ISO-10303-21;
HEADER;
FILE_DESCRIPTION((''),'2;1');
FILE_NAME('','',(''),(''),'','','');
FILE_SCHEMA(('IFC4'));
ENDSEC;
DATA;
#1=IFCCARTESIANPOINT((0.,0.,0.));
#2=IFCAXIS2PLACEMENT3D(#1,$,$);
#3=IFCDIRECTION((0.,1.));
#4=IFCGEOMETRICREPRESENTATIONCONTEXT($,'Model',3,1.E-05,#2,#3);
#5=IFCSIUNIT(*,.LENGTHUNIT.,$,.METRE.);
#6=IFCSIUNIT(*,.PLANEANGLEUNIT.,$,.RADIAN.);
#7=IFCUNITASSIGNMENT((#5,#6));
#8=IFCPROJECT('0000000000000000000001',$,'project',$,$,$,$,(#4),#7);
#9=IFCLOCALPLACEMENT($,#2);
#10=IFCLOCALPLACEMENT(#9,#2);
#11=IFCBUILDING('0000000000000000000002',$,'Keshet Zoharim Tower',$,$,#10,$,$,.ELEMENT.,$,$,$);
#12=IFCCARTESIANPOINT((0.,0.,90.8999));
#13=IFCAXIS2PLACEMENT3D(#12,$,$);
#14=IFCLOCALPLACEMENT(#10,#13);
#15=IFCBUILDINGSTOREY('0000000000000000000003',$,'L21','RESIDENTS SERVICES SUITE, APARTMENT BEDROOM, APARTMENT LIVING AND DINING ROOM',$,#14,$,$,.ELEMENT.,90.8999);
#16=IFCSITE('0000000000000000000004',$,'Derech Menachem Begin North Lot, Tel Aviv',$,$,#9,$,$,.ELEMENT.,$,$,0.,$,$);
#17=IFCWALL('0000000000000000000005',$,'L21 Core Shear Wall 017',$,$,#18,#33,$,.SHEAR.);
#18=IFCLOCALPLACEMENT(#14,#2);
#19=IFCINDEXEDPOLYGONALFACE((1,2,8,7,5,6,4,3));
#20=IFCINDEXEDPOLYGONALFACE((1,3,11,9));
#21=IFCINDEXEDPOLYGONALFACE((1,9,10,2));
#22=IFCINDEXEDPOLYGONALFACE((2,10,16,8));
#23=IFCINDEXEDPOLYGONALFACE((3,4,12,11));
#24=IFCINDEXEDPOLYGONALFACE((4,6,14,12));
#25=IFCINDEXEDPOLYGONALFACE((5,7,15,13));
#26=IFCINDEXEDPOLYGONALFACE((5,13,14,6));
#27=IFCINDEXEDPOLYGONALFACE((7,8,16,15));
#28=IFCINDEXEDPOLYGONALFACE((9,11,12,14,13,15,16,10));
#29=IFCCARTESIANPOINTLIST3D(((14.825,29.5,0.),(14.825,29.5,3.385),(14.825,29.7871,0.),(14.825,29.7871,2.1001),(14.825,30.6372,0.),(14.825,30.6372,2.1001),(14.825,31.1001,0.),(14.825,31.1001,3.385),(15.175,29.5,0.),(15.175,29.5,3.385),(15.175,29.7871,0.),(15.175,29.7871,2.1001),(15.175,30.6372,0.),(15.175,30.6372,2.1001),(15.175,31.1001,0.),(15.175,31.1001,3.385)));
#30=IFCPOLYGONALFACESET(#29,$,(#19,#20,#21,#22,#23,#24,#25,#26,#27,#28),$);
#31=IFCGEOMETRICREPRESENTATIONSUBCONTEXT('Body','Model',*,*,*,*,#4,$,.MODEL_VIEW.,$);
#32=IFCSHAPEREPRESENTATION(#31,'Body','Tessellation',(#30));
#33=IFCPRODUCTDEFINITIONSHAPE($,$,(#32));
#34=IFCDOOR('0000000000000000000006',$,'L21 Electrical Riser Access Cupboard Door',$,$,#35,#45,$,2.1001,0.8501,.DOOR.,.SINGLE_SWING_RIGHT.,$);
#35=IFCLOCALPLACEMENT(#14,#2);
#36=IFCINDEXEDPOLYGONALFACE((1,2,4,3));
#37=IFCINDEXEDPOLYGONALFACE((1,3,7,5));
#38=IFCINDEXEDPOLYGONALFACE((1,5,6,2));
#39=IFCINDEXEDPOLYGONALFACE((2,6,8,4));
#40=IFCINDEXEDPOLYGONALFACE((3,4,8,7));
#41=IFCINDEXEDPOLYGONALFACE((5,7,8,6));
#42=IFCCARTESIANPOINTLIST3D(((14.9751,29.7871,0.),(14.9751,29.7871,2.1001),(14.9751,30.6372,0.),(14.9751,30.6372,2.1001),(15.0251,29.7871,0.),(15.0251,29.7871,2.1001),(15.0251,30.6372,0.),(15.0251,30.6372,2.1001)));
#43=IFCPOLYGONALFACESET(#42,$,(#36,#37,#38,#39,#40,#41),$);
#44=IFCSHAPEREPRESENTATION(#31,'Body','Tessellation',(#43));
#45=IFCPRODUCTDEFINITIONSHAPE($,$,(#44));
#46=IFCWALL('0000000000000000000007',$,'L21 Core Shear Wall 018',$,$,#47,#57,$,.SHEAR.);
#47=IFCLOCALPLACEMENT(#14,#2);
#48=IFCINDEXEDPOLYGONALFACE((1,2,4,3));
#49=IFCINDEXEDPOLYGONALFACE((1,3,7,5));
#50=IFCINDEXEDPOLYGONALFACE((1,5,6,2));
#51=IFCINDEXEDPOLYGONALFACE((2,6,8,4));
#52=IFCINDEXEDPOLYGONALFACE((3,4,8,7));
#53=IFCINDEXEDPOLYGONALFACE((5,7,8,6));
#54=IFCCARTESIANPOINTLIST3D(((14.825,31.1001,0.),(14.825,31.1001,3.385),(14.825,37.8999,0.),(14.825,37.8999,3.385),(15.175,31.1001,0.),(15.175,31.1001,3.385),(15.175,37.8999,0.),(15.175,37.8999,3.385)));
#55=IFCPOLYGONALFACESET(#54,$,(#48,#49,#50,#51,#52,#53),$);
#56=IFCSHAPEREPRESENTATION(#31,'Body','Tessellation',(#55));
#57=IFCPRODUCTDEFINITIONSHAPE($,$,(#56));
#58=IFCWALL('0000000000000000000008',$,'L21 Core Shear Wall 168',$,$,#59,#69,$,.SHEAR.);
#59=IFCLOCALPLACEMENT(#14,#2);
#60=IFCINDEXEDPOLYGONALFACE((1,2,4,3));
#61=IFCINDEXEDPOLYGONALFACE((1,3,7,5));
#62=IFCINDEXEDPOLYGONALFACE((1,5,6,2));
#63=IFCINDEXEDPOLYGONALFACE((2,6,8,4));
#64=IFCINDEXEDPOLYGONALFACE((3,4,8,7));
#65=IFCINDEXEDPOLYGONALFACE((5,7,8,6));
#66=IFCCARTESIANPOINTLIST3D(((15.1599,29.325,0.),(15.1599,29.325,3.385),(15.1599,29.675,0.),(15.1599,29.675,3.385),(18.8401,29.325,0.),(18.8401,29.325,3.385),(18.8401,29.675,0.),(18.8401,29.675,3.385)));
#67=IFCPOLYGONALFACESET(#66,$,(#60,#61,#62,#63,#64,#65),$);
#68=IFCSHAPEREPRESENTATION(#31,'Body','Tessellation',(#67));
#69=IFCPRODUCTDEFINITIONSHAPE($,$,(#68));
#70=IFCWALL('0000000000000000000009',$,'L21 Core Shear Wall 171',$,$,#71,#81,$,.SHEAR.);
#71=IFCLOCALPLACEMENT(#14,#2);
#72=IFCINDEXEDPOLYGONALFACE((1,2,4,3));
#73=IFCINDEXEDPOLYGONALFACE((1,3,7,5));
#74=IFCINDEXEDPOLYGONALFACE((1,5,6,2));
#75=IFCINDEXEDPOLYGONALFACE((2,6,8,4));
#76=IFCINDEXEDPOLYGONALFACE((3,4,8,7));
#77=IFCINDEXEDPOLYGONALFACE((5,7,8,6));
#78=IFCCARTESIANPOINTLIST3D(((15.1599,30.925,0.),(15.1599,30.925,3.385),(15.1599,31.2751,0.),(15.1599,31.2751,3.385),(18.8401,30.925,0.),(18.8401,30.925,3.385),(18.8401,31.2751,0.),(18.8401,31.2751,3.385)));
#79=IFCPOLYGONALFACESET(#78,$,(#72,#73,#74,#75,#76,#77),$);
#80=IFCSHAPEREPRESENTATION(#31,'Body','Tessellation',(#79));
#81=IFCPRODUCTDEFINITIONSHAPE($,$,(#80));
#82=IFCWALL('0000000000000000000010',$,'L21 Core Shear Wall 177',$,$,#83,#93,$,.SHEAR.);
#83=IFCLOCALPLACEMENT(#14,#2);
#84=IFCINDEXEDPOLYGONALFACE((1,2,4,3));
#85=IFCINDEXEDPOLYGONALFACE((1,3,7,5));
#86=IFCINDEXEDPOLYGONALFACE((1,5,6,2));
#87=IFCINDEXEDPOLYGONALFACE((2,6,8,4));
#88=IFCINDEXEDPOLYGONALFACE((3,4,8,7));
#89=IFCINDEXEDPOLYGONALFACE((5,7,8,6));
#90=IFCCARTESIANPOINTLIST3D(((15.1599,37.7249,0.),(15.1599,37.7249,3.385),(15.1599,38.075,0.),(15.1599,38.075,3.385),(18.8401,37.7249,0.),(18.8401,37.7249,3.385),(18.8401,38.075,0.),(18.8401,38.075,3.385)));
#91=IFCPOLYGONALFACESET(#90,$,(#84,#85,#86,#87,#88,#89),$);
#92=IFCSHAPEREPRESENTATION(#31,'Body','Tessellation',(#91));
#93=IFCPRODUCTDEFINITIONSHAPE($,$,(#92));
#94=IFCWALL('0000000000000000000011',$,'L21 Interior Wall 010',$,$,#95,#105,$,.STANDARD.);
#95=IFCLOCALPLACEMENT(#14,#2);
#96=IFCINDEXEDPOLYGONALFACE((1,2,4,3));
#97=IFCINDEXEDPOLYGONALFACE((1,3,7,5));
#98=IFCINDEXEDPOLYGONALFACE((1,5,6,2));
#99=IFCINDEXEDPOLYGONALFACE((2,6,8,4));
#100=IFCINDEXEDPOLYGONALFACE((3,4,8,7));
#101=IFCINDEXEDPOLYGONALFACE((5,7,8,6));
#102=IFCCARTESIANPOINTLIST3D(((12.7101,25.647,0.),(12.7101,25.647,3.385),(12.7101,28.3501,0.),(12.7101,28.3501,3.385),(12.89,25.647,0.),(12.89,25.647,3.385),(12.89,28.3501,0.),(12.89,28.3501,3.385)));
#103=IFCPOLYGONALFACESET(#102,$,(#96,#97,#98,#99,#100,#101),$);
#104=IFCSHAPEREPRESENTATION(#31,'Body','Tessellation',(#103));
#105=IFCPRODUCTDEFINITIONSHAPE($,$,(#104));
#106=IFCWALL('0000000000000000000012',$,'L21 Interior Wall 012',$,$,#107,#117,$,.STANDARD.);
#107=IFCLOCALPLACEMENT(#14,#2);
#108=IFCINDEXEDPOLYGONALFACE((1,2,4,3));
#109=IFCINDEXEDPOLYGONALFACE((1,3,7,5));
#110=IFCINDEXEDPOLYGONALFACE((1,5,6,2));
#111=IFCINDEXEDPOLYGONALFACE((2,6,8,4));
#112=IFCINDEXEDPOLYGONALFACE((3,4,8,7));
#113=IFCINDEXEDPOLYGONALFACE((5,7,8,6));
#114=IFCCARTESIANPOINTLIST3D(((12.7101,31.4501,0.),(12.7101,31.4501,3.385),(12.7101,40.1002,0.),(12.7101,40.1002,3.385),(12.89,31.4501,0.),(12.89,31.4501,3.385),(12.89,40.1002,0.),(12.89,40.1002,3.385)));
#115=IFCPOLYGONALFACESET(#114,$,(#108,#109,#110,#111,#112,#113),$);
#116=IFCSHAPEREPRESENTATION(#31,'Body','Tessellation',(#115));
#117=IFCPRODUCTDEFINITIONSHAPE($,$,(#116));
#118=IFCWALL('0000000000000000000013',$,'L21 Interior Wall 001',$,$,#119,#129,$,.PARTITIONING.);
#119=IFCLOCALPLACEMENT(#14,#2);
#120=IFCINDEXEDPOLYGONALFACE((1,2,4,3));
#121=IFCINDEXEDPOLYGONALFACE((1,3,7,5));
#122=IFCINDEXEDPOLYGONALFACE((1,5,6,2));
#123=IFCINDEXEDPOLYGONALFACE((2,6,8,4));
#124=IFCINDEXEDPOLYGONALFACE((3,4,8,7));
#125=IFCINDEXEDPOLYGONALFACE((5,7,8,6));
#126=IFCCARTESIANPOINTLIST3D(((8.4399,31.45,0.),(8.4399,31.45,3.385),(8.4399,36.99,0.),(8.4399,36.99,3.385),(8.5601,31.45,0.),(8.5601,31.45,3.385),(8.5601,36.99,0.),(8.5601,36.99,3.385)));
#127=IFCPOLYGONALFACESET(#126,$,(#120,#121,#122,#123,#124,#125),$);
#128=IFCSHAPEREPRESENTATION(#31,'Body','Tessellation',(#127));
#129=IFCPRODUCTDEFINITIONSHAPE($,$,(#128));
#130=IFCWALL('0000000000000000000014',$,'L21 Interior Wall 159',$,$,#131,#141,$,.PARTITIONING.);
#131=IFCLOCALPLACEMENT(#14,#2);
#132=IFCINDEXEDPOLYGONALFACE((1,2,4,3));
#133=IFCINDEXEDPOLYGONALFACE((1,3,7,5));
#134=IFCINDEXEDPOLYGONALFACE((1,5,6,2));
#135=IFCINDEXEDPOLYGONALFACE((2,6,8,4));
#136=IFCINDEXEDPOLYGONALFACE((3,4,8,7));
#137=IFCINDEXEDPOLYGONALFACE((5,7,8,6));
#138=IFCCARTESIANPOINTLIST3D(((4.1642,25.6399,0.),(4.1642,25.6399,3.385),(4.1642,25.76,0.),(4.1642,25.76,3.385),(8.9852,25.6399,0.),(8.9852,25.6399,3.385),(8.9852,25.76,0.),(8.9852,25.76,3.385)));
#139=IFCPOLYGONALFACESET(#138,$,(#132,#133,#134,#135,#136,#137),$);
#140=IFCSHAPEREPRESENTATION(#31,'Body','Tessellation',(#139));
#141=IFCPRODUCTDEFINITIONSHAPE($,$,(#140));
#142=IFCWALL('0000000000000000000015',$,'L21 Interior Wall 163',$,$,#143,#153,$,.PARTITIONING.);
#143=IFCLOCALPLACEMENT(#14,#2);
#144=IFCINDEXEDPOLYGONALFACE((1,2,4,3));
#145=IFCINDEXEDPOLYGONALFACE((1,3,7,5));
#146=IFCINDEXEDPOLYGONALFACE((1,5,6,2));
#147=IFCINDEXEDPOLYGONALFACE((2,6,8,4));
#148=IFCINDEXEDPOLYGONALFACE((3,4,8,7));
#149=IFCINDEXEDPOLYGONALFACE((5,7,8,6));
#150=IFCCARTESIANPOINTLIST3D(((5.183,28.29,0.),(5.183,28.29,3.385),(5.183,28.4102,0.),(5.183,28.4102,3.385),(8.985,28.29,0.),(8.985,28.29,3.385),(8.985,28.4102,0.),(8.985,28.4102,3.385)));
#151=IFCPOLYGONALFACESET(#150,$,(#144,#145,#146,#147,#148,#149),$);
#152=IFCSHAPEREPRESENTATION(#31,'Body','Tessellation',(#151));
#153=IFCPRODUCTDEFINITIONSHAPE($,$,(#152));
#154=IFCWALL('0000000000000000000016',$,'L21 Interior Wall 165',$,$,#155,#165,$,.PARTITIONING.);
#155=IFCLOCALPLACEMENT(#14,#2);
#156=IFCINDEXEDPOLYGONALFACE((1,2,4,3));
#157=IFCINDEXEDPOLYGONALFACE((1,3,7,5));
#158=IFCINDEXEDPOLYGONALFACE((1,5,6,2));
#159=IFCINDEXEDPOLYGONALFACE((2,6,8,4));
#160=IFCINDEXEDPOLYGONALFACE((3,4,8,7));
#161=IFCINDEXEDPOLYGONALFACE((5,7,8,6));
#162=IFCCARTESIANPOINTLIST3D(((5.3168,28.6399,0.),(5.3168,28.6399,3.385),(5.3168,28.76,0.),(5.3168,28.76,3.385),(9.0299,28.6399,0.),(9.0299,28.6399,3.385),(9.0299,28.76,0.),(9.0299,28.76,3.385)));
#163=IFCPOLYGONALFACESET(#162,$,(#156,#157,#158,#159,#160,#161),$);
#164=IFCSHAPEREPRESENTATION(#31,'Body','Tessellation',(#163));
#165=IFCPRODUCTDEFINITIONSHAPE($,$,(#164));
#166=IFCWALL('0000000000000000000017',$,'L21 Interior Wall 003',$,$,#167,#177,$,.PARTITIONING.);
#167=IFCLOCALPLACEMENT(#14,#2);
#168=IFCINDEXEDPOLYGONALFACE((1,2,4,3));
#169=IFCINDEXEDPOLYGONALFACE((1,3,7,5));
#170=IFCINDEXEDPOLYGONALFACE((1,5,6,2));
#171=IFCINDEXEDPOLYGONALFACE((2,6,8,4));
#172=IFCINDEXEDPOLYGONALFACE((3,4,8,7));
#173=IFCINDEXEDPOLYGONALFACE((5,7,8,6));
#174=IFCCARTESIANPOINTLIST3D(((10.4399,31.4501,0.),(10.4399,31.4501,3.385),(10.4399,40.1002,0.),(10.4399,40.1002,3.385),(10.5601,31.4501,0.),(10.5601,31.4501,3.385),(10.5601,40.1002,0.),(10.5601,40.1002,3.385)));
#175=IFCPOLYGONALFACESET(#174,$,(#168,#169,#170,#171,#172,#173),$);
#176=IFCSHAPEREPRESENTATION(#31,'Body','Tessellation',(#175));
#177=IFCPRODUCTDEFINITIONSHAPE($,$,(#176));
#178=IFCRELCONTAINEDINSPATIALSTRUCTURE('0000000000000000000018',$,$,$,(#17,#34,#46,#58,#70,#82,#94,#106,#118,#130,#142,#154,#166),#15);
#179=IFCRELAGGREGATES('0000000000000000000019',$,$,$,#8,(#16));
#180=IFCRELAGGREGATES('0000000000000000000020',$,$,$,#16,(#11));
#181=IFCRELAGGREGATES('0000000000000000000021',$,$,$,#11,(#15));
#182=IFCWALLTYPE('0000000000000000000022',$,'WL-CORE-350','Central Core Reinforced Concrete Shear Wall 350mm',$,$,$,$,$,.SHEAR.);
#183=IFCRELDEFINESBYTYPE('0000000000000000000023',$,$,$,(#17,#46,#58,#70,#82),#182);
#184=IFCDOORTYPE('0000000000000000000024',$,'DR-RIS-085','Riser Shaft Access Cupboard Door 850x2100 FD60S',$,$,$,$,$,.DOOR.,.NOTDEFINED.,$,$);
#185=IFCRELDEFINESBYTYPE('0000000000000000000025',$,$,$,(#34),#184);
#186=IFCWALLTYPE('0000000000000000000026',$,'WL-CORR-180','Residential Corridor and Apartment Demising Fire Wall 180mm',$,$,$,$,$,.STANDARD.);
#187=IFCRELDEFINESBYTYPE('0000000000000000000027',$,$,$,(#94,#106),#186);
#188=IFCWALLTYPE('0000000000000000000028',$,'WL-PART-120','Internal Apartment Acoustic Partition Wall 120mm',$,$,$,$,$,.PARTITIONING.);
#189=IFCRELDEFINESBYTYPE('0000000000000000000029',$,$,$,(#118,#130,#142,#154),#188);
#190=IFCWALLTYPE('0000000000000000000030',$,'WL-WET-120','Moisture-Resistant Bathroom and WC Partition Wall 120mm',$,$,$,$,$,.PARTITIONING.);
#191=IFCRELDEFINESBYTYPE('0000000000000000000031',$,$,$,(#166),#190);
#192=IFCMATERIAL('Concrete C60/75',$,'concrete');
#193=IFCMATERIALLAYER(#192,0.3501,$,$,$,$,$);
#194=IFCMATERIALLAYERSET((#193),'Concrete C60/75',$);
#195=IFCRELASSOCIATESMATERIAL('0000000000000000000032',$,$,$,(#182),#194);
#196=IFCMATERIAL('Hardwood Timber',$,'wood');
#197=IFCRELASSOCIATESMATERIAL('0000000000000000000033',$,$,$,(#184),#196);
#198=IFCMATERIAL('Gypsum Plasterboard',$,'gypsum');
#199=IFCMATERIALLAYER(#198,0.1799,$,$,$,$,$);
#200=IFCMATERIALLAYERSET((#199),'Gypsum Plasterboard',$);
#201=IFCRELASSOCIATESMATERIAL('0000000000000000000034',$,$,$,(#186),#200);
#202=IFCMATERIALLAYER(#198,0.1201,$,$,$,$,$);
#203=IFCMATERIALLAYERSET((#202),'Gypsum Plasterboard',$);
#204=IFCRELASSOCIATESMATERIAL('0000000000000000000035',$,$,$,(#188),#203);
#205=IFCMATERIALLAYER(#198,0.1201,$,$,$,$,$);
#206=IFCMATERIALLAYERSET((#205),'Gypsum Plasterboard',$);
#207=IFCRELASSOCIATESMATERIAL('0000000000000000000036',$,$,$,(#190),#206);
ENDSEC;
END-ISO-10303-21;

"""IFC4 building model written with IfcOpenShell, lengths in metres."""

from ifc_helpers import new_model, si_unit, direction, frame, frame_2d, origin, place, context, subcontext, project, spatial, rectangle, extrude, material, layer, layer_set, type_object, element, fill, save


model = new_model("IFC4")

# Units and contexts
model_context = context("Model", 3, precision=1e-05, world=origin(), true_north=direction((0.0, 1.0)))
body_context = subcontext(model_context, "Body", "Model", "MODEL_VIEW")
ifc_project = project(units=[si_unit("LENGTHUNIT", "METRE"), si_unit("PLANEANGLEUNIT", "RADIAN")], contexts=[model_context])

# Site, building, storey
site_placement = place(None, origin())
site = spatial("IfcSite", under=ifc_project, at=site_placement, Name="Derech Menachem Begin North Lot, Tel Aviv", CompositionType="ELEMENT", RefElevation=0.0)
building_placement = place(site_placement, origin())
building = spatial("IfcBuilding", under=site, at=building_placement, Name="Keshet Zoharim Tower", CompositionType="ELEMENT")
storey_placement = place(building_placement, frame((0.0, 0.0, 90.8999)))
storey = spatial("IfcBuildingStorey", under=building, at=storey_placement, Name="L21", Description="RESIDENTS SERVICES SUITE, APARTMENT BEDROOM, APARTMENT LIVING AND DINING ROOM", CompositionType="ELEMENT", Elevation=90.8999)

# Wall, opening, door
ifc_material_1 = material(Name="Concrete C60/75", Category="concrete")
ifc_layer_1 = layer(ifc_material_1, 0.3501)
ifc_layer_set_1 = layer_set([ifc_layer_1], Name="Concrete C60/75")
wall_type_1 = type_object("IfcWallType", Name="WL-CORE-350", Description="Central Core Reinforced Concrete Shear Wall 350mm", PredefinedType="SHEAR", material=ifc_layer_set_1)
wall_1_placement = place(storey_placement, frame((15.0, 29.5, 0.0), z_axis=(0.0, 0.0, 1.0), x_axis=(0.0, 1.0, 0.0)))
wall_1 = element("IfcWall", 1, at=wall_1_placement, inside=storey, type_object=wall_type_1, Name="L21 Core Shear Wall 017", PredefinedType="SHEAR", context=body_context, shape_type="SweptSolid", body=[
    extrude(rectangle(XDim=1.6001, YDim=0.3501, at=frame_2d((0.8, 0.0))), origin(), (0.0, 0.0, 1.0), 3.385),
])
opening_1_placement = place(wall_1_placement, frame((0.2871, 0.0, 0.0)))
opening_1 = element("IfcOpeningElement", 2, at=opening_1_placement, cuts=wall_1, PredefinedType="OPENING", context=body_context, shape_type="SweptSolid", body=[
    extrude(rectangle(XDim=0.8501, YDim=2.1001, at=frame_2d((0.425, 1.05))), frame((0.0, 0.1851, 0.0), z_axis=(0.0, -1.0, 0.0), x_axis=(1.0, 0.0, 0.0)), (0.0, 0.0, 1.0), 0.3701),
])
ifc_material_2 = material(Name="Hardwood Timber", Category="wood")
door_type_1 = type_object("IfcDoorType", Name="DR-RIS-085", Description="Riser Shaft Access Cupboard Door 850x2100 FD60S", OperationType="NOTDEFINED", PredefinedType="DOOR", material=ifc_material_2)
door_1_placement = place(opening_1_placement, origin())
door_1 = element("IfcDoor", 3, at=door_1_placement, inside=storey, type_object=door_type_1, Name="L21 Electrical Riser Access Cupboard Door", OperationType="SINGLE_SWING_RIGHT", OverallHeight=2.1001, OverallWidth=0.8501, PredefinedType="DOOR", context=body_context, shape_type="SweptSolid", body=[
    extrude(rectangle(XDim=0.8501, YDim=2.1001, at=frame_2d((0.425, 1.05))), frame((0.0, 0.0249, 0.0), z_axis=(0.0, -1.0, 0.0), x_axis=(1.0, 0.0, 0.0)), (0.0, 0.0, 1.0), 0.05),
])
fill(opening_1, door_1)

# Walls
wall_2_placement = place(storey_placement, frame((15.0, 31.1001, 0.0), z_axis=(0.0, 0.0, 1.0), x_axis=(0.0, 1.0, 0.0)))
element("IfcWall", 4, at=wall_2_placement, inside=storey, type_object=wall_type_1, Name="L21 Core Shear Wall 018", PredefinedType="SHEAR", context=body_context, shape_type="SweptSolid", body=[
    extrude(rectangle(XDim=6.7998, YDim=0.3501, at=frame_2d((3.3999, 0.0))), origin(), (0.0, 0.0, 1.0), 3.385),
])
for number, where, z_axis, x_axis, name in (
    (5, (15.1599, 29.5, 0.0), (0.0, 0.0, 1.0), (1.0, 0.0, 0.0), "L21 Core Shear Wall 168"),
    (6, (15.1599, 31.1001, 0.0), (0.0, 0.0, 1.0), (1.0, 0.0, 0.0), "L21 Core Shear Wall 171"),
    (7, (15.1599, 37.8999, 0.0), (0.0, 0.0, 1.0), (1.0, 0.0, 0.0), "L21 Core Shear Wall 177"),
):
    element("IfcWall", number, at=place(storey_placement, frame(where, z_axis=z_axis, x_axis=x_axis)), inside=storey, type_object=wall_type_1, Name=name, PredefinedType="SHEAR", context=body_context, shape_type="SweptSolid", body=[
        extrude(rectangle(XDim=3.6802, YDim=0.3501, at=frame_2d((1.8401, 0.0))), origin(), (0.0, 0.0, 1.0), 3.385),
    ])
ifc_material_3 = material(Name="Gypsum Plasterboard", Category="gypsum")
ifc_layer_2 = layer(ifc_material_3, 0.1799)
ifc_layer_set_2 = layer_set([ifc_layer_2], Name="Gypsum Plasterboard")
wall_type_2 = type_object("IfcWallType", Name="WL-CORR-180", Description="Residential Corridor and Apartment Demising Fire Wall 180mm", PredefinedType="STANDARD", material=ifc_layer_set_2)
wall_3_placement = place(storey_placement, frame((12.8, 25.647, 0.0), z_axis=(0.0, 0.0, 1.0), x_axis=(0.0, 1.0, 0.0)))
element("IfcWall", 8, at=wall_3_placement, inside=storey, type_object=wall_type_2, Name="L21 Interior Wall 010", PredefinedType="STANDARD", context=body_context, shape_type="SweptSolid", body=[
    extrude(rectangle(XDim=2.7031, YDim=0.1799, at=frame_2d((1.3516, 0.0))), origin(), (0.0, 0.0, 1.0), 3.385),
])

# Walls
wall_4_placement = place(storey_placement, frame((12.8, 31.45, 0.0), z_axis=(0.0, 0.0, 1.0), x_axis=(0.0, 1.0, 0.0)))
element("IfcWall", 9, at=wall_4_placement, inside=storey, type_object=wall_type_2, Name="L21 Interior Wall 012", PredefinedType="STANDARD", context=body_context, shape_type="SweptSolid", body=[
    extrude(rectangle(XDim=8.6501, YDim=0.1799, at=frame_2d((4.3252, 0.0))), origin(), (0.0, 0.0, 1.0), 3.385),
])
ifc_layer_3 = layer(ifc_material_3, 0.1201)
ifc_layer_set_3 = layer_set([ifc_layer_3], Name="Gypsum Plasterboard")
wall_type_3 = type_object("IfcWallType", Name="WL-PART-120", Description="Internal Apartment Acoustic Partition Wall 120mm", PredefinedType="PARTITIONING", material=ifc_layer_set_3)
wall_5_placement = place(storey_placement, frame((8.5, 31.45, 0.0), z_axis=(0.0, 0.0, 1.0), x_axis=(0.0, 1.0, 0.0)))
element("IfcWall", 10, at=wall_5_placement, inside=storey, type_object=wall_type_3, Name="L21 Interior Wall 001", PredefinedType="PARTITIONING", context=body_context, shape_type="SweptSolid", body=[
    extrude(rectangle(XDim=5.54, YDim=0.1201, at=frame_2d((2.77, 0.0))), origin(), (0.0, 0.0, 1.0), 3.385),
])

# Walls
wall_6_placement = place(storey_placement, frame((4.1641, 25.7, 0.0), z_axis=(0.0, 0.0, 1.0), x_axis=(1.0, 0.0, 0.0)))
element("IfcWall", 11, at=wall_6_placement, inside=storey, type_object=wall_type_3, Name="L21 Interior Wall 159", PredefinedType="PARTITIONING", context=body_context, shape_type="SweptSolid", body=[
    extrude(rectangle(XDim=4.821, YDim=0.1201, at=frame_2d((2.4106, 0.0))), origin(), (0.0, 0.0, 1.0), 3.385),
])
wall_7_placement = place(storey_placement, frame((5.1831, 28.3501, 0.0), z_axis=(0.0, 0.0, 1.0), x_axis=(1.0, 0.0, 0.0)))
element("IfcWall", 12, at=wall_7_placement, inside=storey, type_object=wall_type_3, Name="L21 Interior Wall 163", PredefinedType="PARTITIONING", context=body_context, shape_type="SweptSolid", body=[
    extrude(rectangle(XDim=3.802, YDim=0.1201, at=frame_2d((1.9009, 0.0))), origin(), (0.0, 0.0, 1.0), 3.385),
])
wall_8_placement = place(storey_placement, frame((5.3169, 28.7, 0.0), z_axis=(0.0, 0.0, 1.0), x_axis=(1.0, 0.0, 0.0)))
element("IfcWall", 13, at=wall_8_placement, inside=storey, type_object=wall_type_3, Name="L21 Interior Wall 165", PredefinedType="PARTITIONING", context=body_context, shape_type="SweptSolid", body=[
    extrude(rectangle(XDim=3.7131, YDim=0.1201, at=frame_2d((1.8564, 0.0))), origin(), (0.0, 0.0, 1.0), 3.385),
])

# Wall
ifc_layer_4 = layer(ifc_material_3, 0.1201)
ifc_layer_set_4 = layer_set([ifc_layer_4], Name="Gypsum Plasterboard")
wall_type_4 = type_object("IfcWallType", Name="WL-WET-120", Description="Moisture-Resistant Bathroom and WC Partition Wall 120mm", PredefinedType="PARTITIONING", material=ifc_layer_set_4)
wall_9_placement = place(storey_placement, frame((10.5, 31.45, 0.0), z_axis=(0.0, 0.0, 1.0), x_axis=(0.0, 1.0, 0.0)))
element("IfcWall", 14, at=wall_9_placement, inside=storey, type_object=wall_type_4, Name="L21 Interior Wall 003", PredefinedType="PARTITIONING", context=body_context, shape_type="SweptSolid", body=[
    extrude(rectangle(XDim=8.6501, YDim=0.1201, at=frame_2d((4.3252, 0.0))), origin(), (0.0, 0.0, 1.0), 3.385),
])

save(model, "model.ifc")
